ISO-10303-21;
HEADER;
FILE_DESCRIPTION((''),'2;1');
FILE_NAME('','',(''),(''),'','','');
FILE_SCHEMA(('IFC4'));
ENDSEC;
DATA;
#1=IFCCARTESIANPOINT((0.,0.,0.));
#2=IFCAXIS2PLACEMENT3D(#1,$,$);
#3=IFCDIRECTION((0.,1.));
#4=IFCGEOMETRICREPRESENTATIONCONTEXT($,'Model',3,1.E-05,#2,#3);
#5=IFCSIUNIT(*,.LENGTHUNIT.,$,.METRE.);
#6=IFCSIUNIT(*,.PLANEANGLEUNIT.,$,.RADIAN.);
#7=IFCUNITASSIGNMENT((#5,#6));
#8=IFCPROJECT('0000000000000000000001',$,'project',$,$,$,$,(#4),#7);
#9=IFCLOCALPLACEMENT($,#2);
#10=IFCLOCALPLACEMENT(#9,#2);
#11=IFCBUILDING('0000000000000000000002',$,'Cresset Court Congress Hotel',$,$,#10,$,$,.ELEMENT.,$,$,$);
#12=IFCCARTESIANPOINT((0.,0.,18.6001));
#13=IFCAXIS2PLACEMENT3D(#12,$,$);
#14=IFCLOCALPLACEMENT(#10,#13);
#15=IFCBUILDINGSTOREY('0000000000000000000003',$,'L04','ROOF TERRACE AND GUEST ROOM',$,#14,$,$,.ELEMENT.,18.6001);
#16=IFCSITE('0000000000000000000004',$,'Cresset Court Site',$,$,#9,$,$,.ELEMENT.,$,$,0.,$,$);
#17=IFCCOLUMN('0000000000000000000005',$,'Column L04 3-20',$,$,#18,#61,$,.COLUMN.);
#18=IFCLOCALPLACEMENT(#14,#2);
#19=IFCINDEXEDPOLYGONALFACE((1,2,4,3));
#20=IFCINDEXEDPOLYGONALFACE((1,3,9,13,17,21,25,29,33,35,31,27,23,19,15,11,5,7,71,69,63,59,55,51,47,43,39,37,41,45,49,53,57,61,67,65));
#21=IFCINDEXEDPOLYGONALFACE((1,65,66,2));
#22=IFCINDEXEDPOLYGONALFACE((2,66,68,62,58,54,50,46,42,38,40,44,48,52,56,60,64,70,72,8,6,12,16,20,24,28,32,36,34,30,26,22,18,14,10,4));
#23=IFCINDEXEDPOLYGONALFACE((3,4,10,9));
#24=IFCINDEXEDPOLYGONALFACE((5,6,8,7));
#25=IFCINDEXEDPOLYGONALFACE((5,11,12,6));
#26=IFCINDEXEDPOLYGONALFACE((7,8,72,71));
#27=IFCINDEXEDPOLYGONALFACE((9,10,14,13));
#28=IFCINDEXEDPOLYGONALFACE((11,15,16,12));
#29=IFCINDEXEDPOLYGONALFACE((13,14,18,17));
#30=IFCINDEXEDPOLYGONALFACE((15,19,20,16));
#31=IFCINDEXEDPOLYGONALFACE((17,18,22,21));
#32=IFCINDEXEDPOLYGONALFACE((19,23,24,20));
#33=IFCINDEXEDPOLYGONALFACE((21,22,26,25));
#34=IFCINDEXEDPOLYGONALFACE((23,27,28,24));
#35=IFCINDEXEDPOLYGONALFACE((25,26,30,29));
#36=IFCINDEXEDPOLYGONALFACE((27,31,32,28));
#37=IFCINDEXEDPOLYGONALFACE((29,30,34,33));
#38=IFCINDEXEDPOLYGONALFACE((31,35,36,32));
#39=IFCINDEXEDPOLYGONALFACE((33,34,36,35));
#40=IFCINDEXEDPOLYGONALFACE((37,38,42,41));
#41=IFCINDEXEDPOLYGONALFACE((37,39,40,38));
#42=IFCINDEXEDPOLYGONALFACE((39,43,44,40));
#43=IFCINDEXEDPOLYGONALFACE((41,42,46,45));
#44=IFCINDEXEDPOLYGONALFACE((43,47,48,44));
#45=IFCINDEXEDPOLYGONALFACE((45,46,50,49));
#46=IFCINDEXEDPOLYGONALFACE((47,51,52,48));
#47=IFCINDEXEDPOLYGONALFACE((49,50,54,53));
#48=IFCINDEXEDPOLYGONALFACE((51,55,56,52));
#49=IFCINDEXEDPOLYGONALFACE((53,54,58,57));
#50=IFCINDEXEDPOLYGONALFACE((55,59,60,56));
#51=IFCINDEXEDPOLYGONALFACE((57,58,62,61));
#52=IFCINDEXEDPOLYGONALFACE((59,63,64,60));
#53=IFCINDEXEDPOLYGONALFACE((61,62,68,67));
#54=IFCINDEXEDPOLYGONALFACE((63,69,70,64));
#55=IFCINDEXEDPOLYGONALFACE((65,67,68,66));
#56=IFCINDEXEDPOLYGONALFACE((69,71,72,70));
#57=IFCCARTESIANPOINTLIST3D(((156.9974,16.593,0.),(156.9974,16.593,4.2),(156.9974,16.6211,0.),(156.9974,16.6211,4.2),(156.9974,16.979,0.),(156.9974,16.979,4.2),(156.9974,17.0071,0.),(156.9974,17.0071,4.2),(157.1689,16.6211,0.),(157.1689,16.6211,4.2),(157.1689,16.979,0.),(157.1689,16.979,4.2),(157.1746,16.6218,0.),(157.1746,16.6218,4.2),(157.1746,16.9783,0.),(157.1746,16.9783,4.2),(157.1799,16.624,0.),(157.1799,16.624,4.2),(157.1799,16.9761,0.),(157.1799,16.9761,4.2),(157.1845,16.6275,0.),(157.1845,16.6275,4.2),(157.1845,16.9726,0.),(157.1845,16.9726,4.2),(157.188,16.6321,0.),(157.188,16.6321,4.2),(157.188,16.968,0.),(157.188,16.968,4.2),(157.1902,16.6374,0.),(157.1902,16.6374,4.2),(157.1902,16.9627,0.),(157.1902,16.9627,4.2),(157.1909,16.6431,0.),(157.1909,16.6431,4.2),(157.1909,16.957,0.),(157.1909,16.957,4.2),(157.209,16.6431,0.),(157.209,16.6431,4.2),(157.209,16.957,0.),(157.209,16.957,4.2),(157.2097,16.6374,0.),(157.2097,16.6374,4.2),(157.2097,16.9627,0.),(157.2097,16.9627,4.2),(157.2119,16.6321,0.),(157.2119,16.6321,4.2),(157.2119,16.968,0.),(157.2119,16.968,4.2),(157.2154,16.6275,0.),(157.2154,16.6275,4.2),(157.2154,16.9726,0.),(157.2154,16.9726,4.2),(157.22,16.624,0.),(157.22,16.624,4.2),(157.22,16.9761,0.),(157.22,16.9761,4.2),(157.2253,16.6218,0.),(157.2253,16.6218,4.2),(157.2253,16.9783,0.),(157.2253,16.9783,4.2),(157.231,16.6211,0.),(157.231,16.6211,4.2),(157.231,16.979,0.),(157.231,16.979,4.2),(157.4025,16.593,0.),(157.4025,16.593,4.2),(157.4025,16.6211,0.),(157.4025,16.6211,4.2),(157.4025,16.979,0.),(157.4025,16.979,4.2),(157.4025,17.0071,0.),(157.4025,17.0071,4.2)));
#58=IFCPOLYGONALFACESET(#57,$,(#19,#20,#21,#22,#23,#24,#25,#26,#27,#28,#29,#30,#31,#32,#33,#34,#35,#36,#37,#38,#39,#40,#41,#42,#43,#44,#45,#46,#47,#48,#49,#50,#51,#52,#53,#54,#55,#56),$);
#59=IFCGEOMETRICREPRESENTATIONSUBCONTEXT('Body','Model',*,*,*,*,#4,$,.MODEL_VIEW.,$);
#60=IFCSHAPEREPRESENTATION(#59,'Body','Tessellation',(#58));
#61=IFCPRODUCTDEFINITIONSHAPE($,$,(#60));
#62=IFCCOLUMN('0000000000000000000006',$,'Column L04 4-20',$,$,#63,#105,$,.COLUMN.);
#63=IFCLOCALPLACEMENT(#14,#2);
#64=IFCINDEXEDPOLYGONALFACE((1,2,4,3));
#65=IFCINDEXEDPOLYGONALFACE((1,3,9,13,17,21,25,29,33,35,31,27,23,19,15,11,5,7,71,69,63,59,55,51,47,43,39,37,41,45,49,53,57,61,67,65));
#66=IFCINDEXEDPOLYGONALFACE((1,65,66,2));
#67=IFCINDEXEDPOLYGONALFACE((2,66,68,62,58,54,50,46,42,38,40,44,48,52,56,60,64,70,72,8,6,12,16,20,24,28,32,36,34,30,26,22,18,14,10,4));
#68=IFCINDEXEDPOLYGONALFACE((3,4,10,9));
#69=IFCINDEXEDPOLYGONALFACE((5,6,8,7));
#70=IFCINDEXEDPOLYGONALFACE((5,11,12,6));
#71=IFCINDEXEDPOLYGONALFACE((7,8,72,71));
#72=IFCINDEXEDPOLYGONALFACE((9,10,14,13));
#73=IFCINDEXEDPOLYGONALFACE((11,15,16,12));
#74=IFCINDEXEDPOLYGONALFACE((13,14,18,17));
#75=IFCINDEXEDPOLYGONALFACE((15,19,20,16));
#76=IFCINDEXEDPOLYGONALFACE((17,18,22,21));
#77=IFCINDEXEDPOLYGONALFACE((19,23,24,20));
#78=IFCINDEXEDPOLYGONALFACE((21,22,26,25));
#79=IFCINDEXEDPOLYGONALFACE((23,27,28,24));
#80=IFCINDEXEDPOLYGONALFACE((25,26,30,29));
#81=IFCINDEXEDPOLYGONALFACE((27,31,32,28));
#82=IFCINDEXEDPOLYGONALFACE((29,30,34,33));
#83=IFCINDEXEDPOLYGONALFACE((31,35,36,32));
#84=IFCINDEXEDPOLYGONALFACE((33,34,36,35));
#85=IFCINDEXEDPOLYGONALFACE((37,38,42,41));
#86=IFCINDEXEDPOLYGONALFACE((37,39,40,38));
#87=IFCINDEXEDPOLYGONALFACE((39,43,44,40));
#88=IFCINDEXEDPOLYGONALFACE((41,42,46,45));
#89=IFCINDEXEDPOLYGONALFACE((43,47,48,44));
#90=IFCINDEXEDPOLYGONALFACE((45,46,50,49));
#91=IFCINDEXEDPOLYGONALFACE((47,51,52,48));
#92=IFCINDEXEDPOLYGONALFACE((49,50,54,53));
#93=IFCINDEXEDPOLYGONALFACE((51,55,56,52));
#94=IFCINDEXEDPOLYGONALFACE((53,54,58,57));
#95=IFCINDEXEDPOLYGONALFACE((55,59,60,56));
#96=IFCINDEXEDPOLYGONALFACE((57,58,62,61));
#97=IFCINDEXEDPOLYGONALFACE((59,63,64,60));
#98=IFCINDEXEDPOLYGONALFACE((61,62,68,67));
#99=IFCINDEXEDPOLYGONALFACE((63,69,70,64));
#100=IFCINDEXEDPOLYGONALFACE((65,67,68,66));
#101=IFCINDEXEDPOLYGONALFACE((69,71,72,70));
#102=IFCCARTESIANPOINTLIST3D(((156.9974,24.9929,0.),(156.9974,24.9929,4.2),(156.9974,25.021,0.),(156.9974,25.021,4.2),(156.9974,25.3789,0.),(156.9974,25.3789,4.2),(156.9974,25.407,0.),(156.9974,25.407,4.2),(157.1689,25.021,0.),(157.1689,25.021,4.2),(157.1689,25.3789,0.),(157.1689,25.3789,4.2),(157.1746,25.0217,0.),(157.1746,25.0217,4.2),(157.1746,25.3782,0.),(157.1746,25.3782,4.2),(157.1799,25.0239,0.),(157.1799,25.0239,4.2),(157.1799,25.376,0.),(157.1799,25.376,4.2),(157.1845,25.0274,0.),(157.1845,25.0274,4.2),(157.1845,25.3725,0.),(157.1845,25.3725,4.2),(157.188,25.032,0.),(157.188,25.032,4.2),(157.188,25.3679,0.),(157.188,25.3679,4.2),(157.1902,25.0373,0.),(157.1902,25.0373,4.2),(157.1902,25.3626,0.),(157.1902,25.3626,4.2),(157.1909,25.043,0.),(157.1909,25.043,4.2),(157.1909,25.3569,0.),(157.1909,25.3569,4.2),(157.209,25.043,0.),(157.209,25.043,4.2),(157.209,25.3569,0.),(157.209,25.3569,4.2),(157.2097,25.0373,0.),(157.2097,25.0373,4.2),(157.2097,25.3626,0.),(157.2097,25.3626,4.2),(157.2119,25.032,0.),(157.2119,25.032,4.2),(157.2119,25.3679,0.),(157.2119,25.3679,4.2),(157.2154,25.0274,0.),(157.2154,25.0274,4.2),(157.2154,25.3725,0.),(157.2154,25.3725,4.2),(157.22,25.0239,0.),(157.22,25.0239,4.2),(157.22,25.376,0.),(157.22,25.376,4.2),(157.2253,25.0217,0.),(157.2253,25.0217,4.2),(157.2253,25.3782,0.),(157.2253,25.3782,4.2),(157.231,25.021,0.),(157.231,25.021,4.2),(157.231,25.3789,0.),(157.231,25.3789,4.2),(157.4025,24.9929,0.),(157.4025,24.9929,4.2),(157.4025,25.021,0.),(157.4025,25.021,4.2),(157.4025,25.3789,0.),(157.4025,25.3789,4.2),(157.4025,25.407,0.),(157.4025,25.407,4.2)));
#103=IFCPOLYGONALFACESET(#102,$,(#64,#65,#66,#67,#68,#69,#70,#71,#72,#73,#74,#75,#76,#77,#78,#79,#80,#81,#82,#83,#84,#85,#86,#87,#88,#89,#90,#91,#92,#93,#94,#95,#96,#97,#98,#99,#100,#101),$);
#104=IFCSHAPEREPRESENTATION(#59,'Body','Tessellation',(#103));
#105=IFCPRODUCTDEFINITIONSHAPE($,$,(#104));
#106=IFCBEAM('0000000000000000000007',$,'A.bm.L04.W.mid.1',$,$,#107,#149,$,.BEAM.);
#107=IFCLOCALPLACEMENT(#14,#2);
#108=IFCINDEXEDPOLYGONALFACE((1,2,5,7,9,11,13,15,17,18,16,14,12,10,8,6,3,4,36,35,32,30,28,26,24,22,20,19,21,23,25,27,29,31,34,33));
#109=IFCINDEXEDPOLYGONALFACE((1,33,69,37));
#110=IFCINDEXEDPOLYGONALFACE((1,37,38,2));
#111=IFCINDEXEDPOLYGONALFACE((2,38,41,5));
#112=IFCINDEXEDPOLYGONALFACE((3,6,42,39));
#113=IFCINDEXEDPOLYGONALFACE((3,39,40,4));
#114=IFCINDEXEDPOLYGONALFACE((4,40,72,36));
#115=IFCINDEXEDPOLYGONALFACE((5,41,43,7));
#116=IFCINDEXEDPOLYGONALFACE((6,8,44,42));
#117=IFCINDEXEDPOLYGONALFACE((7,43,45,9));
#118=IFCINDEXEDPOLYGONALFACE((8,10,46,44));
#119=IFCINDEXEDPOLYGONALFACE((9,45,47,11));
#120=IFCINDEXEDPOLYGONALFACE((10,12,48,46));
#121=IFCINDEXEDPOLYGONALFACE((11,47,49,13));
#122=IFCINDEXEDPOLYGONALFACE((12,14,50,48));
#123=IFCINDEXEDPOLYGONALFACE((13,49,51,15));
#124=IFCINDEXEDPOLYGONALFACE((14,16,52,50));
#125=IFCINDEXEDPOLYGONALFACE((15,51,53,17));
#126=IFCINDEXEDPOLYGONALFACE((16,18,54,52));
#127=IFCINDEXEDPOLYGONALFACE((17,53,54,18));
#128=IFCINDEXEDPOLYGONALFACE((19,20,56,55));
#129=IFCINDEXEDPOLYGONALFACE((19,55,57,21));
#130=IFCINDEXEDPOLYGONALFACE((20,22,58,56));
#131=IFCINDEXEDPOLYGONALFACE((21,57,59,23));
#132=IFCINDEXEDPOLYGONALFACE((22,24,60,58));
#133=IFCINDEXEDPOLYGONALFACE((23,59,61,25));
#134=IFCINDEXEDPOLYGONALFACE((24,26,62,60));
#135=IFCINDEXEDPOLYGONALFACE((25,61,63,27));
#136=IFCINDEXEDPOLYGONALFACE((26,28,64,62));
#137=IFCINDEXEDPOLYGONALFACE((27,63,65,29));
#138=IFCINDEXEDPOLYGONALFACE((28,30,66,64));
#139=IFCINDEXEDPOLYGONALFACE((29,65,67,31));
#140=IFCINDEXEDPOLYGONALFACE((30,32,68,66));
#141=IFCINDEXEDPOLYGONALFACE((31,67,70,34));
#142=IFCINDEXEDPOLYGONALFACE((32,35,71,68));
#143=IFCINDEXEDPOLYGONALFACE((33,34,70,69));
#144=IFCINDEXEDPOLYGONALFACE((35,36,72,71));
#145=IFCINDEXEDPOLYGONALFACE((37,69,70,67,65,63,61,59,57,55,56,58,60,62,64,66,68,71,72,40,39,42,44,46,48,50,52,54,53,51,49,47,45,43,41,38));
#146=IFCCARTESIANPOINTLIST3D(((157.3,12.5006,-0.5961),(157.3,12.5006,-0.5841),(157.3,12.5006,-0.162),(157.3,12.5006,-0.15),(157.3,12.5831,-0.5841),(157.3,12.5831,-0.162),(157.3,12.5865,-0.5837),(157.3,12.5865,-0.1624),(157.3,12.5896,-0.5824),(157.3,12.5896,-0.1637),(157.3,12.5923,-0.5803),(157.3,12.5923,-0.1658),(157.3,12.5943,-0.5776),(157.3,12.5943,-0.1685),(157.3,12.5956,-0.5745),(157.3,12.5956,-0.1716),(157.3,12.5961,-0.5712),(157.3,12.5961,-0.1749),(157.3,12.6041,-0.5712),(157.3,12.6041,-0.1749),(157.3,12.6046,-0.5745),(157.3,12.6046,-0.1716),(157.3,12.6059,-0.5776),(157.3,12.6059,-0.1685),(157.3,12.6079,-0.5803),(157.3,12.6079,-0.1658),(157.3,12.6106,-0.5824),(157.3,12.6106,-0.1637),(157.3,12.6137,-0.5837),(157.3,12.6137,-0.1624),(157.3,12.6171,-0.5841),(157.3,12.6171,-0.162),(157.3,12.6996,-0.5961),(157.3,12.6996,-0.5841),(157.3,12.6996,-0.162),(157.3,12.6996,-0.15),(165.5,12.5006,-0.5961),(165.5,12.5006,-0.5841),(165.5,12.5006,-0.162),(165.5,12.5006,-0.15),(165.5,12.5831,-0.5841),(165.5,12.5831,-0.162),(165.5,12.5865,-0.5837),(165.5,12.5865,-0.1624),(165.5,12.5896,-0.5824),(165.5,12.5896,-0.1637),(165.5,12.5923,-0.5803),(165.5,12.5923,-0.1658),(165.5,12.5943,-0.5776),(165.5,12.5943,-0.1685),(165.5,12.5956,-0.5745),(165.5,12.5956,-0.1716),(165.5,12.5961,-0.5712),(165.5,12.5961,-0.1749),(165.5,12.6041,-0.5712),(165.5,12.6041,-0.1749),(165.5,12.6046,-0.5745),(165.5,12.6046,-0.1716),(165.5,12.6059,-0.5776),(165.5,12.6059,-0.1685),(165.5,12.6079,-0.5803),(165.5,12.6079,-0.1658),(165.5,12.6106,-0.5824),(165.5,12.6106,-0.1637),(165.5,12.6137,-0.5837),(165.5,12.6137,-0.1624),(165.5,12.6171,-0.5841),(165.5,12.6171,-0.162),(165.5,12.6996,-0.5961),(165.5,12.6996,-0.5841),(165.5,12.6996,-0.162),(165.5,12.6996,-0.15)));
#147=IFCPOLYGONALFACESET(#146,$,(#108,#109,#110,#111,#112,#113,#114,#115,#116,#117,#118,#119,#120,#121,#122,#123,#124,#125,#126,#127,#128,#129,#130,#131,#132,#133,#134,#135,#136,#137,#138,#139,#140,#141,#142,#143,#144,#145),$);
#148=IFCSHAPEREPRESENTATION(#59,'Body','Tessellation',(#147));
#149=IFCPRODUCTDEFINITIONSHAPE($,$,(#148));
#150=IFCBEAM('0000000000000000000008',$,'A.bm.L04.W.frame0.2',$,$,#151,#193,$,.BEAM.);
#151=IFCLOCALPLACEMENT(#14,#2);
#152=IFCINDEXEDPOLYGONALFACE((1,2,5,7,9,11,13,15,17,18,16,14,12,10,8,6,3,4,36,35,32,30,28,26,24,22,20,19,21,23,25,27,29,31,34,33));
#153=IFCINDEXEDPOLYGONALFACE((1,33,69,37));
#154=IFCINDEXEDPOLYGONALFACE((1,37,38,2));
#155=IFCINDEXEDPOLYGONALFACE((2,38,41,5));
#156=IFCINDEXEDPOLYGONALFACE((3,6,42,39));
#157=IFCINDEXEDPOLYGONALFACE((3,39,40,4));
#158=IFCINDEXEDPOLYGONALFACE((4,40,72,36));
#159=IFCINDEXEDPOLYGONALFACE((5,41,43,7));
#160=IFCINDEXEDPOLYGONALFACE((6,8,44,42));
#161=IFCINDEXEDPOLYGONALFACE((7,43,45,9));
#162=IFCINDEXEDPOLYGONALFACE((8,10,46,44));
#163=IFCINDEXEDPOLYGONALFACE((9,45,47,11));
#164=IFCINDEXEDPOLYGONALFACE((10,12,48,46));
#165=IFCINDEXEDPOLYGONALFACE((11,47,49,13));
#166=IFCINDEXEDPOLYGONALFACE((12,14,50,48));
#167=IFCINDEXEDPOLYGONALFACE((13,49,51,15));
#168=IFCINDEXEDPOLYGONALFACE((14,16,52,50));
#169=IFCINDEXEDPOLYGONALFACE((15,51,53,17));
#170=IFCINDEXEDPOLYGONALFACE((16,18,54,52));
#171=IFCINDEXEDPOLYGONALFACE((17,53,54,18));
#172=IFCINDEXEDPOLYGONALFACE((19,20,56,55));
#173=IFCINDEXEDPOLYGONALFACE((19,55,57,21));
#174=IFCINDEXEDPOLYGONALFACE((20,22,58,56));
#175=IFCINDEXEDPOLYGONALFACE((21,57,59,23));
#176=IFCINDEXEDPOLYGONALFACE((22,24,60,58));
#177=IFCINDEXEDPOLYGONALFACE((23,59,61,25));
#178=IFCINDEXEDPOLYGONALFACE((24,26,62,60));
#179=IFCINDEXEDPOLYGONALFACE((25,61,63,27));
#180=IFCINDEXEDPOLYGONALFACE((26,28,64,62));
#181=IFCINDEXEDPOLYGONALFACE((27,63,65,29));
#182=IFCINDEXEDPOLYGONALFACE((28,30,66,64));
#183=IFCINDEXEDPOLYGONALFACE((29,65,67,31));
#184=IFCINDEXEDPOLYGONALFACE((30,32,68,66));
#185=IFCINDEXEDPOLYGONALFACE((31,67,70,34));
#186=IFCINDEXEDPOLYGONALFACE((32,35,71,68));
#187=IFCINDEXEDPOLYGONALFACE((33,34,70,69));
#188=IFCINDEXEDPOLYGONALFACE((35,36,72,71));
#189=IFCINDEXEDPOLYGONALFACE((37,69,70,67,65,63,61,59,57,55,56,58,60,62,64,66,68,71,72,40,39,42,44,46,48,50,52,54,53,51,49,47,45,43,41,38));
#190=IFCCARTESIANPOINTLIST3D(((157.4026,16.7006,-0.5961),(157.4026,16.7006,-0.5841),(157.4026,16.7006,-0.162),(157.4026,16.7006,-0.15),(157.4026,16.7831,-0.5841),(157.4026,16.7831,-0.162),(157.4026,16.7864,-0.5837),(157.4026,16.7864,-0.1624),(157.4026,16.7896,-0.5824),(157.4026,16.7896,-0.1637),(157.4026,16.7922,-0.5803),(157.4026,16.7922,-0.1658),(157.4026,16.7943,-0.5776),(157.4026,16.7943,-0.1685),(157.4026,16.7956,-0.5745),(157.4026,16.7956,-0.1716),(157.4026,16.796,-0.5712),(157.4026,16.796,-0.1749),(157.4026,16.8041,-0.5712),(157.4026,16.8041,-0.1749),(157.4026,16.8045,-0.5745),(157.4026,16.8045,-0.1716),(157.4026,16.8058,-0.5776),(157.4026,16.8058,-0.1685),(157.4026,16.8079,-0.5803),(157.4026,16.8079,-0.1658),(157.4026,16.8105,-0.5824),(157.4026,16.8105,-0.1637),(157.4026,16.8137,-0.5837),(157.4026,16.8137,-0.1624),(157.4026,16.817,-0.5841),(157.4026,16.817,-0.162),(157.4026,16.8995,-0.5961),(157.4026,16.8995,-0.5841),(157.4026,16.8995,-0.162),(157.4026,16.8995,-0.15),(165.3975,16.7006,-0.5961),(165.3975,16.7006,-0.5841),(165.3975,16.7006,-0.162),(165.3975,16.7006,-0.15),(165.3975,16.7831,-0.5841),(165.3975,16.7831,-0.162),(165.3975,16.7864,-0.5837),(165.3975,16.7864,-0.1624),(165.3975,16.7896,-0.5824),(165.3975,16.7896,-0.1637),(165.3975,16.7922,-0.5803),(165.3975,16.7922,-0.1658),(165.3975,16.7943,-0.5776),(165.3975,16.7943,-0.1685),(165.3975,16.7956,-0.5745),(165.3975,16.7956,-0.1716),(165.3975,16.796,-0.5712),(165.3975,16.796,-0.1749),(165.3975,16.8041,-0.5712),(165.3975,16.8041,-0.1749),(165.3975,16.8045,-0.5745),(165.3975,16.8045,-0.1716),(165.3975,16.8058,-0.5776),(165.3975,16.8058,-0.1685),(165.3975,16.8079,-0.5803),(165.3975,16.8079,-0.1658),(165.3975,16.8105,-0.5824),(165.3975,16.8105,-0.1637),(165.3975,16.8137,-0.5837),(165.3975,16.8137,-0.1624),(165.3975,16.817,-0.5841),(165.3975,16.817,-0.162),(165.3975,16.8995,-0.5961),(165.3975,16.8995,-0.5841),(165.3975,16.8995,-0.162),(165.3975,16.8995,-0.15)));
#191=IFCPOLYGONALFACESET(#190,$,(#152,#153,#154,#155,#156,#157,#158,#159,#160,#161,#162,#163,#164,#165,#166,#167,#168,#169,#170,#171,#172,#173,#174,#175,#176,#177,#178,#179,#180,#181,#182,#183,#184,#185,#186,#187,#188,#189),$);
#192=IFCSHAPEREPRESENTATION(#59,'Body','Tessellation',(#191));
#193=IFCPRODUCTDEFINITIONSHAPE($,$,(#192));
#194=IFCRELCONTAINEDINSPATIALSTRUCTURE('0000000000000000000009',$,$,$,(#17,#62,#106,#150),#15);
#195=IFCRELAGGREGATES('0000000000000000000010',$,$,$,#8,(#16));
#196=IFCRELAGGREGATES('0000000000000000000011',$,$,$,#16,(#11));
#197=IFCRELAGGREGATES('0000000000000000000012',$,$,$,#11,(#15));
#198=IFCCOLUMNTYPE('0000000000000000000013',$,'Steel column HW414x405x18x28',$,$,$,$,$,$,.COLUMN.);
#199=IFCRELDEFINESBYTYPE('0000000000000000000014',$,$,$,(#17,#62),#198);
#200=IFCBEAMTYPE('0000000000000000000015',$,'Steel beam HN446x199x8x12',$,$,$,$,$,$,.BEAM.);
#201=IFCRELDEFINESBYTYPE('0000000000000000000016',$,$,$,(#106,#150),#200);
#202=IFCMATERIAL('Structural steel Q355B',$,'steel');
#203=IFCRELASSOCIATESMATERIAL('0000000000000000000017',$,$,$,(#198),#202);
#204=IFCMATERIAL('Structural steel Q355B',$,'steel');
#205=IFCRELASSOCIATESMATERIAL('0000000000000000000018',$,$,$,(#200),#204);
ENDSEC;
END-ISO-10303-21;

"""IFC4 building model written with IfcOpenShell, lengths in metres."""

from ifc_helpers import new_model, si_unit, direction, frame, origin, origin_2d, place, context, subcontext, project, spatial, i_section, extrude, material, material_profile, profile_set, type_object, element, save


model = new_model("IFC4")

# Units and contexts
model_context = context("Model", 3, precision=1e-05, world=origin(), true_north=direction((0.0, 1.0)))
body_context = subcontext(model_context, "Body", "Model", "MODEL_VIEW")
ifc_project = project(units=[si_unit("LENGTHUNIT", "METRE"), si_unit("PLANEANGLEUNIT", "RADIAN")], contexts=[model_context])

# Site, building, storey
site_placement = place(None, origin())
site = spatial("IfcSite", under=ifc_project, at=site_placement, Name="Cresset Court Site", CompositionType="ELEMENT", RefElevation=0.0)
building_placement = place(site_placement, origin())
building = spatial("IfcBuilding", under=site, at=building_placement, Name="Cresset Court Congress Hotel", CompositionType="ELEMENT")
storey_placement = place(building_placement, frame((0.0, 0.0, 18.6001)))
storey = spatial("IfcBuildingStorey", under=building, at=storey_placement, Name="L04", Description="ROOF TERRACE AND GUEST ROOM", CompositionType="ELEMENT", Elevation=18.6001)

# Columns
ifc_material_1 = material(Name="Structural steel Q355B", Category="steel")
ifc_material_profile_1 = material_profile(ifc_material_1, i_section(OverallWidth=0.405, OverallDepth=0.4141, WebThickness=0.0181, FlangeThickness=0.0281, FilletRadius=0.022, at=origin_2d()), Name="HW414x405x18x28")
ifc_profile_set_1 = profile_set([ifc_material_profile_1], Name="Structural steel Q355B")
column_type = type_object("IfcColumnType", Name="Steel column HW414x405x18x28", PredefinedType="COLUMN", material=ifc_profile_set_1)
for number, where, z_axis, x_axis, name in (
    (1, (157.2, 16.8, 0.0), (0.0, 0.0, 1.0), (1.0, 0.0, 0.0), "Column L04 3-20"),
    (2, (157.2, 25.2, 0.0), (0.0, 0.0, 1.0), (1.0, 0.0, 0.0), "Column L04 4-20"),
):
    element("IfcColumn", number, at=place(storey_placement, frame(where, z_axis=z_axis, x_axis=x_axis)), inside=storey, type_object=column_type, Name=name, PredefinedType="COLUMN", context=body_context, shape_type="SweptSolid", body=[
        extrude(i_section(OverallWidth=0.405, OverallDepth=0.4141, WebThickness=0.0181, FlangeThickness=0.0281, FilletRadius=0.022, at=origin_2d()), origin(), (0.0, 0.0, 1.0), 4.2),
    ])

# Beams
ifc_material_2 = material(Name="Structural steel Q355B", Category="steel")
ifc_material_profile_2 = material_profile(ifc_material_2, i_section(OverallWidth=0.199, OverallDepth=0.446, WebThickness=0.0081, FlangeThickness=0.012, FilletRadius=0.0129, at=origin_2d()), Name="HN446x199x8x12")
ifc_profile_set_2 = profile_set([ifc_material_profile_2], Name="Structural steel Q355B")
beam_type_1 = type_object("IfcBeamType", Name="Steel beam HN446x199x8x12", PredefinedType="BEAM", material=ifc_profile_set_2)
beam_1_placement = place(storey_placement, frame((157.3, 12.6001, -0.373), z_axis=(1.0, 0.0, 0.0), x_axis=(0.0, 1.0, 0.0)))
element("IfcBeam", 3, at=beam_1_placement, inside=storey, type_object=beam_type_1, Name="A.bm.L04.W.mid.1", PredefinedType="BEAM", context=body_context, shape_type="SweptSolid", body=[
    extrude(i_section(OverallWidth=0.199, OverallDepth=0.446, WebThickness=0.0081, FlangeThickness=0.012, FilletRadius=0.0129, at=origin_2d()), origin(), (0.0, 0.0, 1.0), 8.2),
])
beam_2_placement = place(storey_placement, frame((157.4026, 16.8, -0.373), z_axis=(1.0, 0.0, 0.0), x_axis=(0.0, 1.0, 0.0)))
element("IfcBeam", 4, at=beam_2_placement, inside=storey, type_object=beam_type_1, Name="A.bm.L04.W.frame0.2", PredefinedType="BEAM", context=body_context, shape_type="SweptSolid", body=[
    extrude(i_section(OverallWidth=0.199, OverallDepth=0.446, WebThickness=0.0081, FlangeThickness=0.012, FilletRadius=0.0129, at=origin_2d()), origin(), (0.0, 0.0, 1.0), 7.9949),
])

save(model, "model.ifc")
